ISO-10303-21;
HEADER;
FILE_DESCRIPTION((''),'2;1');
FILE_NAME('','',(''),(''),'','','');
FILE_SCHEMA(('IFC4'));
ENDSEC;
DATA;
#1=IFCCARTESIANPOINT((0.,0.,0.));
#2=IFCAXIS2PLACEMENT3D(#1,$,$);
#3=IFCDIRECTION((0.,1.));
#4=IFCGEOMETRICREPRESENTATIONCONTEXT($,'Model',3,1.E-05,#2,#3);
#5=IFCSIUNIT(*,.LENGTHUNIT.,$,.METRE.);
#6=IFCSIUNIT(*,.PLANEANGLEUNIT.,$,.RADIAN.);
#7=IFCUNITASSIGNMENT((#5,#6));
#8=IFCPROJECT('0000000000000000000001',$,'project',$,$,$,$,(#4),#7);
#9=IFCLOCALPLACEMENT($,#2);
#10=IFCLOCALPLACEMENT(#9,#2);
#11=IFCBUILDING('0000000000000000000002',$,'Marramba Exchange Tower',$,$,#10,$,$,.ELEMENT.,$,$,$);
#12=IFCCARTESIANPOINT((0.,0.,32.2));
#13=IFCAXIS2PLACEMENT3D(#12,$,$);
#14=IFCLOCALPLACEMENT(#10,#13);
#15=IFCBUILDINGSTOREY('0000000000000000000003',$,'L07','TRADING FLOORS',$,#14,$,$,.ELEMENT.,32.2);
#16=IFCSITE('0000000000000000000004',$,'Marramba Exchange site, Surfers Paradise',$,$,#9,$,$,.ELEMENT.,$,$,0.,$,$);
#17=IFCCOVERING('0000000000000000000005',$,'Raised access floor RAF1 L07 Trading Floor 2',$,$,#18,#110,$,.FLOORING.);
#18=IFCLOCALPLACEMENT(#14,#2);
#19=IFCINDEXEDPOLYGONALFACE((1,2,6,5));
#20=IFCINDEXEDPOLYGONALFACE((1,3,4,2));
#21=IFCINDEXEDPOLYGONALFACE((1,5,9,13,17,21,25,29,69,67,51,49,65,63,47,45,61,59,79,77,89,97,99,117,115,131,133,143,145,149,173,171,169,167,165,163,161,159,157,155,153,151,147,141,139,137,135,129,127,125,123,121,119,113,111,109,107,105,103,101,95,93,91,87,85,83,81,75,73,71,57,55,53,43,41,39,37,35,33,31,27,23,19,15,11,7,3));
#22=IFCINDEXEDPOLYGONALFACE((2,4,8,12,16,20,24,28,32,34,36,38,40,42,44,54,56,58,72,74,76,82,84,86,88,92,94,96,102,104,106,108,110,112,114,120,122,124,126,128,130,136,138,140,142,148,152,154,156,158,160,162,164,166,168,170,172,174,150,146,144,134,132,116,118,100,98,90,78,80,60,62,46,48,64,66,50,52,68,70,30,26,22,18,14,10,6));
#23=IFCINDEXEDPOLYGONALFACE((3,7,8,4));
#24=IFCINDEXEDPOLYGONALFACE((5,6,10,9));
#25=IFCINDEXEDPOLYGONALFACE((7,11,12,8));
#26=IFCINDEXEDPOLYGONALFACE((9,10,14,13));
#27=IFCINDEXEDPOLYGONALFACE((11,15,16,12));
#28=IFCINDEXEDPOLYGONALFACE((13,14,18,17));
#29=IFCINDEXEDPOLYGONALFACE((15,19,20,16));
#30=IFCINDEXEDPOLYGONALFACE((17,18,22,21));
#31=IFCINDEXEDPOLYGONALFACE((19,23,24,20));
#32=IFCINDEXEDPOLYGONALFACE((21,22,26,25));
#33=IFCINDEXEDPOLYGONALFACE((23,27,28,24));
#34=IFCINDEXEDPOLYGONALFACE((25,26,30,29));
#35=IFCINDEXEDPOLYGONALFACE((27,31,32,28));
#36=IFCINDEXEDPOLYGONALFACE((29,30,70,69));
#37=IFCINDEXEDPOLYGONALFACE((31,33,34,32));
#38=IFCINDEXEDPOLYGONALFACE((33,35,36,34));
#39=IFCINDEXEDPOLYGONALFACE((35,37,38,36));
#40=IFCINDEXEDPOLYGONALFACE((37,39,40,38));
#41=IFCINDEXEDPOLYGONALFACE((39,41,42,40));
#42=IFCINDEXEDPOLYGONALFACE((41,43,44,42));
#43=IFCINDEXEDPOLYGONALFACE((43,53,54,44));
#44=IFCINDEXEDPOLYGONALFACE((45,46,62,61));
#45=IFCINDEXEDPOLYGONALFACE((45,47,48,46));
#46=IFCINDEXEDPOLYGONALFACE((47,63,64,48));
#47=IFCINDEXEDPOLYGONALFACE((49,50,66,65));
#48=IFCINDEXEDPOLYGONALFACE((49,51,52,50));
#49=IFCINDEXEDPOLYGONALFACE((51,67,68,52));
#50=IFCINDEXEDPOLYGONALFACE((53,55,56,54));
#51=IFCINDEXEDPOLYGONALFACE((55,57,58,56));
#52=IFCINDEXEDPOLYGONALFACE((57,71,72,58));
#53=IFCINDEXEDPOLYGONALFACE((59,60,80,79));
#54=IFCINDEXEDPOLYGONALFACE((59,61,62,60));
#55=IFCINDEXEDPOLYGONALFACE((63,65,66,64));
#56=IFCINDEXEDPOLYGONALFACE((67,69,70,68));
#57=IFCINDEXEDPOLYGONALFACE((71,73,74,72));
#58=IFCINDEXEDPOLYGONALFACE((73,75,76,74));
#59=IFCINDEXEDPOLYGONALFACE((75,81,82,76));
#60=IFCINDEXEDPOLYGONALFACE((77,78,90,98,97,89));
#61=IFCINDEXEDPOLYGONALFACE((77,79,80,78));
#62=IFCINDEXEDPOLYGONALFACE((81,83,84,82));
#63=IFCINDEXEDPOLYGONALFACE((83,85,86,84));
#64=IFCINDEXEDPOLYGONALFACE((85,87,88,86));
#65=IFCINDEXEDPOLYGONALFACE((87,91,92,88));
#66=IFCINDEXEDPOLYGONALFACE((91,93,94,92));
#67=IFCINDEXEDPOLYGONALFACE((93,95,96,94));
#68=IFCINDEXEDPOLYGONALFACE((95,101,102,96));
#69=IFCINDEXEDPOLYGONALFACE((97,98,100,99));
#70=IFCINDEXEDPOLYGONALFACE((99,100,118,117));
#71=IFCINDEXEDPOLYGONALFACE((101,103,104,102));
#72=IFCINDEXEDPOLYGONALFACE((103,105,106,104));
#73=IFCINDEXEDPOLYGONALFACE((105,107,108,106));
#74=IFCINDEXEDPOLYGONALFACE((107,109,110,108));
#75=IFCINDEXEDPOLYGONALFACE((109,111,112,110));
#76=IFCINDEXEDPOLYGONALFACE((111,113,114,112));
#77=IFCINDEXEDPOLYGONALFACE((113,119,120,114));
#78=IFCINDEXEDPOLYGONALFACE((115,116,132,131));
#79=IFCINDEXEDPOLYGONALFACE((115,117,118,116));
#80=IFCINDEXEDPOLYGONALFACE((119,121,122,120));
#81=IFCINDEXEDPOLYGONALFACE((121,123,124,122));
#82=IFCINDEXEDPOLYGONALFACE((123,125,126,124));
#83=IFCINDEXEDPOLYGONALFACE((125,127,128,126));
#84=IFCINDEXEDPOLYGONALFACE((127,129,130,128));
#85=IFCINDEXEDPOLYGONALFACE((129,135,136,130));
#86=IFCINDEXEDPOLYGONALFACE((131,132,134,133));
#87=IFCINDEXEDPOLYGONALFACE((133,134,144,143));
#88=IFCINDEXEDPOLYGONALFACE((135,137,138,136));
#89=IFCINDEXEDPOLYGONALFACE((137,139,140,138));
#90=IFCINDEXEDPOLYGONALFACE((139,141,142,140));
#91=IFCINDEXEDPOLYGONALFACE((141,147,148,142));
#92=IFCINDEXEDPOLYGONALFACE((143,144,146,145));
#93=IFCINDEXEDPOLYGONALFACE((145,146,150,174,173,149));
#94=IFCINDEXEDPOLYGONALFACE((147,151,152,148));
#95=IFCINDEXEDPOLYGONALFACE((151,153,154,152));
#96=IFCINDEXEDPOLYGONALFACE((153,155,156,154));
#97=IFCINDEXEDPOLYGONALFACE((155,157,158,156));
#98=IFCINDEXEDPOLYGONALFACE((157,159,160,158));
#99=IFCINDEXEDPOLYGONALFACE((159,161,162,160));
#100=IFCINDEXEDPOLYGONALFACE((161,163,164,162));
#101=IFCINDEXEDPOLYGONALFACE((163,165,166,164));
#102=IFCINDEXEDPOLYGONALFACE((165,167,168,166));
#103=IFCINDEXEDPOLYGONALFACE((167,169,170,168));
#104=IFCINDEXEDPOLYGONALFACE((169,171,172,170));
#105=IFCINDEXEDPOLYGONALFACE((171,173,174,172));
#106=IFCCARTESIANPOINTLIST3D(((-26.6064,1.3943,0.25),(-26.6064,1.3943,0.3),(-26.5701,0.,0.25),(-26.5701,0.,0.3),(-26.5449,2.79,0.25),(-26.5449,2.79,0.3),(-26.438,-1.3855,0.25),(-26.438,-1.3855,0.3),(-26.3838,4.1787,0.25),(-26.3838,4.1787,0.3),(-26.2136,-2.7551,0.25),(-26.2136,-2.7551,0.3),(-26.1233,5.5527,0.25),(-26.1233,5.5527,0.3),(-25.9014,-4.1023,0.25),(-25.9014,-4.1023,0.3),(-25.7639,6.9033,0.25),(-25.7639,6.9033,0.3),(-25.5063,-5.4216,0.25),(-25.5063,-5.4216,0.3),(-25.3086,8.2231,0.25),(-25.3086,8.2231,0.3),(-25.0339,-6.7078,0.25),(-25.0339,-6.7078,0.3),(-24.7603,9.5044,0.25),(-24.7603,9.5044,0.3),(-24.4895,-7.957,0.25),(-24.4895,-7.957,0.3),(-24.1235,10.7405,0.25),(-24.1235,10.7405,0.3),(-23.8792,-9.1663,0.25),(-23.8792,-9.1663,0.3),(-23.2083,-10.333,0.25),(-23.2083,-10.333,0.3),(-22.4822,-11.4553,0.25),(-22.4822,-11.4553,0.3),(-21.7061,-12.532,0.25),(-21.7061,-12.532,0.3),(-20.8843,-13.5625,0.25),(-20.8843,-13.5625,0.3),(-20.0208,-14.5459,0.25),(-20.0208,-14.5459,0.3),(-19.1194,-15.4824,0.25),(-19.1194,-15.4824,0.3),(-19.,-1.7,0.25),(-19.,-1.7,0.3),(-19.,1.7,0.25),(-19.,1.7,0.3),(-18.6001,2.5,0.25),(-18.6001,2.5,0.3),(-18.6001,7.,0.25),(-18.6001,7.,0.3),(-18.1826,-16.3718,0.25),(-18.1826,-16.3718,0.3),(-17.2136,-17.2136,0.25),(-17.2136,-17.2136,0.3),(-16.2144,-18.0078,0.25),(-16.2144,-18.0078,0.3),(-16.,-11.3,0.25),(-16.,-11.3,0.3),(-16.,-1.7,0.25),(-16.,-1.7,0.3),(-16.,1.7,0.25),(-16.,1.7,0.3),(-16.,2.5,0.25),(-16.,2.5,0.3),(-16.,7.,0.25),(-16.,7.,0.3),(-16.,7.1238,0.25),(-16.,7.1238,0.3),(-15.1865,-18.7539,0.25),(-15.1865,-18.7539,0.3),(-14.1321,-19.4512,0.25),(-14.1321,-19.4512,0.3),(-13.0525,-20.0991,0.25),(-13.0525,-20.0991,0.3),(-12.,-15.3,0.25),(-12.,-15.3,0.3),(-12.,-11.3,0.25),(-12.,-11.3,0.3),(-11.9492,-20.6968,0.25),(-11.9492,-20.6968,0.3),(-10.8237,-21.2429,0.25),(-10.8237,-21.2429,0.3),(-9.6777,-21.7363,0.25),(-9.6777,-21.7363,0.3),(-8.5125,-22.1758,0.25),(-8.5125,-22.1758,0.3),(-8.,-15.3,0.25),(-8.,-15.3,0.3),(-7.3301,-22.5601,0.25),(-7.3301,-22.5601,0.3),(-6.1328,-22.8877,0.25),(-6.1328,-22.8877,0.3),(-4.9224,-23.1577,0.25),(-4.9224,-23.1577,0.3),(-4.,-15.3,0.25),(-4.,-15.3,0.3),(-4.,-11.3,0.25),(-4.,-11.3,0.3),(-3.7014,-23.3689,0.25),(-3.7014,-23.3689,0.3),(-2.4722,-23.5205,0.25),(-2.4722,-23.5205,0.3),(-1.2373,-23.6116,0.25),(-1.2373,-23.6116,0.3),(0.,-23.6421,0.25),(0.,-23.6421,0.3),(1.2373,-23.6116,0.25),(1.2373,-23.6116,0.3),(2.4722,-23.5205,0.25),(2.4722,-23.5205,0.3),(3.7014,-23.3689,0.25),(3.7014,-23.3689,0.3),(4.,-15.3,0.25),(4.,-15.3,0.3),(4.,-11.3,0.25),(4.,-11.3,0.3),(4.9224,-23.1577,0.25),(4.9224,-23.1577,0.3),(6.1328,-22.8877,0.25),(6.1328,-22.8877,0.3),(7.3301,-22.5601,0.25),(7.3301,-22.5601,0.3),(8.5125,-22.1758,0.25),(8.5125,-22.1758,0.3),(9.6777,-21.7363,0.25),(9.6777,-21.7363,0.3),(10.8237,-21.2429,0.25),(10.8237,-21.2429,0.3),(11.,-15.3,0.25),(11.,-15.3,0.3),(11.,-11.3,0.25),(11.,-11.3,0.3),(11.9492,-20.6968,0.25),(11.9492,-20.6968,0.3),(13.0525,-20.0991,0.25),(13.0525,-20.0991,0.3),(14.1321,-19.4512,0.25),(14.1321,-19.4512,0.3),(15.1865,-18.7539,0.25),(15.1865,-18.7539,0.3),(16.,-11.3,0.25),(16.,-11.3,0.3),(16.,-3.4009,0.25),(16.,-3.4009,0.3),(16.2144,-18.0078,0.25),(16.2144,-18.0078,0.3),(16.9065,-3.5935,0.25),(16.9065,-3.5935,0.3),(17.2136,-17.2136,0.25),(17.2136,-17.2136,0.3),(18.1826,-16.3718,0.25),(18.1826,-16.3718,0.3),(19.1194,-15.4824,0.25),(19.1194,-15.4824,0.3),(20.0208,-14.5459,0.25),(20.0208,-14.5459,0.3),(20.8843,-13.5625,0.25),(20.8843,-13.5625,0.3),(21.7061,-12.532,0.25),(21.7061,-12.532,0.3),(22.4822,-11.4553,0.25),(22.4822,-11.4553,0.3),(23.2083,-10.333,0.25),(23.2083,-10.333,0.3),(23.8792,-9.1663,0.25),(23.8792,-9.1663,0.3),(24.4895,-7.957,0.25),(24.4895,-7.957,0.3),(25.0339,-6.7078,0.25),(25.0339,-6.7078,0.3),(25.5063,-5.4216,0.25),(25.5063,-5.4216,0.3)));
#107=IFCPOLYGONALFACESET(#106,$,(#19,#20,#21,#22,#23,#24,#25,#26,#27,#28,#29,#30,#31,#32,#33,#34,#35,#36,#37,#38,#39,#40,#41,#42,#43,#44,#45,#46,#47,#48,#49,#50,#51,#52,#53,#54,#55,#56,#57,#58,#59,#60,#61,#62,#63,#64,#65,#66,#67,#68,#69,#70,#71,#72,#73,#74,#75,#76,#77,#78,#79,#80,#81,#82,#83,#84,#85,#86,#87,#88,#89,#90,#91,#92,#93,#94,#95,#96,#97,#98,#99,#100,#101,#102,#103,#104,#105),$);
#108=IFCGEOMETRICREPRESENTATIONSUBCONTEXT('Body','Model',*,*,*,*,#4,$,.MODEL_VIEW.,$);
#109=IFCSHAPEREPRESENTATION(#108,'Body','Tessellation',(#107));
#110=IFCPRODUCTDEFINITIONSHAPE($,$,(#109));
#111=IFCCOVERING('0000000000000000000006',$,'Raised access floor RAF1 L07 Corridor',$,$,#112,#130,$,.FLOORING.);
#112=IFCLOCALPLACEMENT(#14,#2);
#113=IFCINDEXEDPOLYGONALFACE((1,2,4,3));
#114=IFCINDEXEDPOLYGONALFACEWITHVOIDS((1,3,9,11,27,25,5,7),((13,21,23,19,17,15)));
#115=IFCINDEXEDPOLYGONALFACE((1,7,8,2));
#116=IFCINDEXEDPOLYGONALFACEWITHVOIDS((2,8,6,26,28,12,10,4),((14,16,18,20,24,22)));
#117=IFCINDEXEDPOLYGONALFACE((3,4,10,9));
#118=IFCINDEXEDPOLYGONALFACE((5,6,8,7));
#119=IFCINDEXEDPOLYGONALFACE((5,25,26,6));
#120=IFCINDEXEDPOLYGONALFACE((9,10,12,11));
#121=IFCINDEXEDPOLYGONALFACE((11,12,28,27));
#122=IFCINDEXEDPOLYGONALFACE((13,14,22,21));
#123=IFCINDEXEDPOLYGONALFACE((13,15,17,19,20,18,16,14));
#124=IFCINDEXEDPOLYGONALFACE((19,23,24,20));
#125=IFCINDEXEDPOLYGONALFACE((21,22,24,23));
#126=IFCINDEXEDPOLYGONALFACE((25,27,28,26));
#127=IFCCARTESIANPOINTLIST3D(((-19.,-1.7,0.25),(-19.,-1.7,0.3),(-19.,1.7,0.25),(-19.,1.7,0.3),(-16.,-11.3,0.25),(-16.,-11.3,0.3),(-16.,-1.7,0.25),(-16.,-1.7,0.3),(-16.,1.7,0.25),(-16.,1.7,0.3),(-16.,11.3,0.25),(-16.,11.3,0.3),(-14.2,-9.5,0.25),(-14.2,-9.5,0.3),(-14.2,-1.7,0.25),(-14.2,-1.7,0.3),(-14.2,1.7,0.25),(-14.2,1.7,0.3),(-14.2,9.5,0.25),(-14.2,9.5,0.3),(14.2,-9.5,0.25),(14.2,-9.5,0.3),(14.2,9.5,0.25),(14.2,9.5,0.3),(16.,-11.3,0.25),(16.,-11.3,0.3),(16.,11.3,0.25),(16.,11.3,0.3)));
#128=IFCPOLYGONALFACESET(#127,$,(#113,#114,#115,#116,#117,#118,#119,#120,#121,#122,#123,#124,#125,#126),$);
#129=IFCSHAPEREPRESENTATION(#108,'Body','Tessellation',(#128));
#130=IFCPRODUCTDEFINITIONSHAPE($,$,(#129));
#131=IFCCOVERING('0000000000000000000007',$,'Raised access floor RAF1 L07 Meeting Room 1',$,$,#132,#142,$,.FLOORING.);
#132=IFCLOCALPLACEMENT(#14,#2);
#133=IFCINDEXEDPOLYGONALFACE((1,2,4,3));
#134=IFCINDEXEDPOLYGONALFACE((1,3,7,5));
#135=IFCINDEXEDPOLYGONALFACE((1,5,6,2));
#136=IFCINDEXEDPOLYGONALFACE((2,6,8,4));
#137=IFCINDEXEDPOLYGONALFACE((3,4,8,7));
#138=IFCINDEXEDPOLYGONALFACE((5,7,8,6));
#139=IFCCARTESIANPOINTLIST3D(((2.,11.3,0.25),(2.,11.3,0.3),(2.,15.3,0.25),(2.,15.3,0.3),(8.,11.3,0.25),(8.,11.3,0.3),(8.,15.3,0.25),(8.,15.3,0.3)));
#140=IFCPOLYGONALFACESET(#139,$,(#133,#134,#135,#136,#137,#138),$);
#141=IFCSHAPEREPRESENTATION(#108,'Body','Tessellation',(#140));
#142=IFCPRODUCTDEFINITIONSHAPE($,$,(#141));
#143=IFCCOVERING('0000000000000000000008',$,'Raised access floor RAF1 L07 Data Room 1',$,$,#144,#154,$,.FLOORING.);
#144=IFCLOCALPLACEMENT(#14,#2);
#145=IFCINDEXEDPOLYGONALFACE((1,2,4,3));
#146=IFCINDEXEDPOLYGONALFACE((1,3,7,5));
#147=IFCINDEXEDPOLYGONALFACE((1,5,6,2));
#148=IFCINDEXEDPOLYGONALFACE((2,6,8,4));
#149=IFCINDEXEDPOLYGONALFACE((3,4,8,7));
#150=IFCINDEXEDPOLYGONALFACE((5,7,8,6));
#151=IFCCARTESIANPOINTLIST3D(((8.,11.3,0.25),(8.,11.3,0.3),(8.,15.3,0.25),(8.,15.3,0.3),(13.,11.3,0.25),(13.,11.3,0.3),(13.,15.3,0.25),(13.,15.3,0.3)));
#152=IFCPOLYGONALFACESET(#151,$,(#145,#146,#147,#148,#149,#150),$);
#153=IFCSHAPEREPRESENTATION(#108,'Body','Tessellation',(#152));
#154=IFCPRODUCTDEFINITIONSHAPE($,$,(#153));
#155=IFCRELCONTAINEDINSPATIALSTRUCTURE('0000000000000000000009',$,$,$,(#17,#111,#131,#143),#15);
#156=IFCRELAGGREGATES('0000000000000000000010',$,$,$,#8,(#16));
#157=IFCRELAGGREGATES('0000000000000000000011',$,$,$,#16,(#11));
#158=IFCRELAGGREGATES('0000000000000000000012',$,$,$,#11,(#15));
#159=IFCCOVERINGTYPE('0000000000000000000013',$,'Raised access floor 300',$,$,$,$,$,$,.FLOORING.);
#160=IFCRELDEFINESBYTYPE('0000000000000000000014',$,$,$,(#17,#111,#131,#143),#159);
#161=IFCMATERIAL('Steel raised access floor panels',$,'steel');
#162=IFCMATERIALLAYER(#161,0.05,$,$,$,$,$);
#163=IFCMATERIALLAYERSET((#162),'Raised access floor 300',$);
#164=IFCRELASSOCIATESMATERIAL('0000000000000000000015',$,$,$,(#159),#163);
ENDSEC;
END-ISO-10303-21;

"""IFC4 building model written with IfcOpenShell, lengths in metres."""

from ifc_helpers import new_model, si_unit, direction, frame, origin, place, context, subcontext, project, spatial, polyline, outline, extrude, material, layer, layer_set, type_object, element, save


model = new_model("IFC4")

# Units and contexts
model_context = context("Model", 3, precision=1e-05, world=origin(), true_north=direction((0.0, 1.0)))
body_context = subcontext(model_context, "Body", "Model", "MODEL_VIEW")
ifc_project = project(units=[si_unit("LENGTHUNIT", "METRE"), si_unit("PLANEANGLEUNIT", "RADIAN")], contexts=[model_context])

# Site, building, storey
site_placement = place(None, origin())
site = spatial("IfcSite", under=ifc_project, at=site_placement, Name="Marramba Exchange site, Surfers Paradise", CompositionType="ELEMENT", RefElevation=0.0)
building_placement = place(site_placement, origin())
building = spatial("IfcBuilding", under=site, at=building_placement, Name="Marramba Exchange Tower", CompositionType="ELEMENT")
storey_placement = place(building_placement, frame((0.0, 0.0, 32.2)))
storey = spatial("IfcBuildingStorey", under=building, at=storey_placement, Name="L07", Description="TRADING FLOORS", CompositionType="ELEMENT", Elevation=32.2)

# Coverings
ifc_material_1 = material(Name="Steel raised access floor panels", Category="steel")
ifc_layer_1 = layer(ifc_material_1, 0.05)
ifc_layer_set_1 = layer_set([ifc_layer_1], Name="Raised access floor 300")
covering_type_1 = type_object("IfcCoveringType", Name="Raised access floor 300", PredefinedType="FLOORING", material=ifc_layer_set_1)
covering_1_placement = place(storey_placement, frame((0.0, 0.0, 0.25)))
element("IfcCovering", 1, at=covering_1_placement, inside=storey, type_object=covering_type_1, Name="Raised access floor RAF1 L07 Trading Floor 2", PredefinedType="FLOORING", context=body_context, shape_type="SweptSolid", body=[
    extrude(outline(polyline([(-19.0, 1.7), (-19.0, -1.7), (-16.0, -1.7), (-16.0, -11.3), (-12.0, -11.3), (-12.0, -15.3), (-8.0, -15.3), (-4.0, -15.3), (-4.0, -11.3), (4.0, -11.3), (4.0, -15.3), (11.0, -15.3), (11.0, -11.3), (16.0, -11.3), (16.0, -3.4009), (16.9065, -3.5935), (25.5063, -5.4216), (25.0339, -6.7078), (24.4895, -7.957), (23.8792, -9.1663), (23.2083, -10.333), (22.4822, -11.4553), (21.7061, -12.532), (20.8843, -13.5625), (20.0208, -14.5459), (19.1194, -15.4824), (18.1826, -16.3718), (17.2136, -17.2136), (16.2144, -18.0078), (15.1865, -18.7539), (14.1321, -19.4512), (13.0525, -20.0991), (11.9492, -20.6968), (10.8237, -21.2429), (9.6777, -21.7363), (8.5125, -22.1758), (7.3301, -22.5601), (6.1328, -22.8877), (4.9224, -23.1577), (3.7014, -23.3689), (2.4722, -23.5205), (1.2373, -23.6116), (0.0, -23.6421), (-1.2373, -23.6116), (-2.4722, -23.5205), (-3.7014, -23.3689), (-4.9224, -23.1577), (-6.1328, -22.8877), (-7.3301, -22.5601), (-8.5125, -22.1758), (-9.6777, -21.7363), (-10.8237, -21.2429), (-11.9492, -20.6968), (-13.0525, -20.0991), (-14.1321, -19.4512), (-15.1865, -18.7539), (-16.2144, -18.0078), (-17.2136, -17.2136), (-18.1826, -16.3718), (-19.1194, -15.4824), (-20.0208, -14.5459), (-20.8843, -13.5625), (-21.7061, -12.532), (-22.4822, -11.4553), (-23.2083, -10.333), (-23.8792, -9.1663), (-24.4895, -7.957), (-25.0339, -6.7078), (-25.5063, -5.4216), (-25.9014, -4.1023), (-26.2136, -2.7551), (-26.438, -1.3855), (-26.5701, 0.0), (-26.6064, 1.3943), (-26.5449, 2.79), (-26.3838, 4.1787), (-26.1233, 5.5527), (-25.7639, 6.9033), (-25.3086, 8.2231), (-24.7603, 9.5044), (-24.1235, 10.7405), (-16.0, 7.1238), (-16.0, 7.0), (-18.6001, 7.0), (-18.6001, 2.5), (-16.0, 2.5), (-16.0, 1.7), (-19.0, 1.7)])), origin(), (0.0, 0.0, 1.0), 0.05),
])
covering_2_placement = place(storey_placement, frame((0.0, 0.0, 0.25)))
element("IfcCovering", 2, at=covering_2_placement, inside=storey, type_object=covering_type_1, Name="Raised access floor RAF1 L07 Corridor", PredefinedType="FLOORING", context=body_context, shape_type="SweptSolid", body=[
    extrude(outline(polyline([(-16.0, 11.3), (16.0, 11.3), (16.0, -11.3), (-16.0, -11.3), (-16.0, -1.7), (-19.0, -1.7), (-19.0, 1.7), (-16.0, 1.7), (-16.0, 11.3)]), holes=[polyline([(14.2, 9.5), (-14.2, 9.5), (-14.2, 1.7), (-14.2, -1.7), (-14.2, -9.5), (14.2, -9.5), (14.2, 9.5)])]), origin(), (0.0, 0.0, 1.0), 0.05),
])
covering_3_placement = place(storey_placement, frame((0.0, 0.0, 0.25)))
element("IfcCovering", 3, at=covering_3_placement, inside=storey, type_object=covering_type_1, Name="Raised access floor RAF1 L07 Meeting Room 1", PredefinedType="FLOORING", context=body_context, shape_type="SweptSolid", body=[
    extrude(outline(polyline([(8.0, 11.3), (2.0, 11.3), (2.0, 15.3), (8.0, 15.3), (8.0, 11.3)])), origin(), (0.0, 0.0, 1.0), 0.05),
])
covering_4_placement = place(storey_placement, frame((0.0, 0.0, 0.25)))
element("IfcCovering", 4, at=covering_4_placement, inside=storey, type_object=covering_type_1, Name="Raised access floor RAF1 L07 Data Room 1", PredefinedType="FLOORING", context=body_context, shape_type="SweptSolid", body=[
    extrude(outline(polyline([(13.0, 11.3), (8.0, 11.3), (8.0, 15.3), (13.0, 15.3), (13.0, 11.3)])), origin(), (0.0, 0.0, 1.0), 0.05),
])

save(model, "model.ifc")
